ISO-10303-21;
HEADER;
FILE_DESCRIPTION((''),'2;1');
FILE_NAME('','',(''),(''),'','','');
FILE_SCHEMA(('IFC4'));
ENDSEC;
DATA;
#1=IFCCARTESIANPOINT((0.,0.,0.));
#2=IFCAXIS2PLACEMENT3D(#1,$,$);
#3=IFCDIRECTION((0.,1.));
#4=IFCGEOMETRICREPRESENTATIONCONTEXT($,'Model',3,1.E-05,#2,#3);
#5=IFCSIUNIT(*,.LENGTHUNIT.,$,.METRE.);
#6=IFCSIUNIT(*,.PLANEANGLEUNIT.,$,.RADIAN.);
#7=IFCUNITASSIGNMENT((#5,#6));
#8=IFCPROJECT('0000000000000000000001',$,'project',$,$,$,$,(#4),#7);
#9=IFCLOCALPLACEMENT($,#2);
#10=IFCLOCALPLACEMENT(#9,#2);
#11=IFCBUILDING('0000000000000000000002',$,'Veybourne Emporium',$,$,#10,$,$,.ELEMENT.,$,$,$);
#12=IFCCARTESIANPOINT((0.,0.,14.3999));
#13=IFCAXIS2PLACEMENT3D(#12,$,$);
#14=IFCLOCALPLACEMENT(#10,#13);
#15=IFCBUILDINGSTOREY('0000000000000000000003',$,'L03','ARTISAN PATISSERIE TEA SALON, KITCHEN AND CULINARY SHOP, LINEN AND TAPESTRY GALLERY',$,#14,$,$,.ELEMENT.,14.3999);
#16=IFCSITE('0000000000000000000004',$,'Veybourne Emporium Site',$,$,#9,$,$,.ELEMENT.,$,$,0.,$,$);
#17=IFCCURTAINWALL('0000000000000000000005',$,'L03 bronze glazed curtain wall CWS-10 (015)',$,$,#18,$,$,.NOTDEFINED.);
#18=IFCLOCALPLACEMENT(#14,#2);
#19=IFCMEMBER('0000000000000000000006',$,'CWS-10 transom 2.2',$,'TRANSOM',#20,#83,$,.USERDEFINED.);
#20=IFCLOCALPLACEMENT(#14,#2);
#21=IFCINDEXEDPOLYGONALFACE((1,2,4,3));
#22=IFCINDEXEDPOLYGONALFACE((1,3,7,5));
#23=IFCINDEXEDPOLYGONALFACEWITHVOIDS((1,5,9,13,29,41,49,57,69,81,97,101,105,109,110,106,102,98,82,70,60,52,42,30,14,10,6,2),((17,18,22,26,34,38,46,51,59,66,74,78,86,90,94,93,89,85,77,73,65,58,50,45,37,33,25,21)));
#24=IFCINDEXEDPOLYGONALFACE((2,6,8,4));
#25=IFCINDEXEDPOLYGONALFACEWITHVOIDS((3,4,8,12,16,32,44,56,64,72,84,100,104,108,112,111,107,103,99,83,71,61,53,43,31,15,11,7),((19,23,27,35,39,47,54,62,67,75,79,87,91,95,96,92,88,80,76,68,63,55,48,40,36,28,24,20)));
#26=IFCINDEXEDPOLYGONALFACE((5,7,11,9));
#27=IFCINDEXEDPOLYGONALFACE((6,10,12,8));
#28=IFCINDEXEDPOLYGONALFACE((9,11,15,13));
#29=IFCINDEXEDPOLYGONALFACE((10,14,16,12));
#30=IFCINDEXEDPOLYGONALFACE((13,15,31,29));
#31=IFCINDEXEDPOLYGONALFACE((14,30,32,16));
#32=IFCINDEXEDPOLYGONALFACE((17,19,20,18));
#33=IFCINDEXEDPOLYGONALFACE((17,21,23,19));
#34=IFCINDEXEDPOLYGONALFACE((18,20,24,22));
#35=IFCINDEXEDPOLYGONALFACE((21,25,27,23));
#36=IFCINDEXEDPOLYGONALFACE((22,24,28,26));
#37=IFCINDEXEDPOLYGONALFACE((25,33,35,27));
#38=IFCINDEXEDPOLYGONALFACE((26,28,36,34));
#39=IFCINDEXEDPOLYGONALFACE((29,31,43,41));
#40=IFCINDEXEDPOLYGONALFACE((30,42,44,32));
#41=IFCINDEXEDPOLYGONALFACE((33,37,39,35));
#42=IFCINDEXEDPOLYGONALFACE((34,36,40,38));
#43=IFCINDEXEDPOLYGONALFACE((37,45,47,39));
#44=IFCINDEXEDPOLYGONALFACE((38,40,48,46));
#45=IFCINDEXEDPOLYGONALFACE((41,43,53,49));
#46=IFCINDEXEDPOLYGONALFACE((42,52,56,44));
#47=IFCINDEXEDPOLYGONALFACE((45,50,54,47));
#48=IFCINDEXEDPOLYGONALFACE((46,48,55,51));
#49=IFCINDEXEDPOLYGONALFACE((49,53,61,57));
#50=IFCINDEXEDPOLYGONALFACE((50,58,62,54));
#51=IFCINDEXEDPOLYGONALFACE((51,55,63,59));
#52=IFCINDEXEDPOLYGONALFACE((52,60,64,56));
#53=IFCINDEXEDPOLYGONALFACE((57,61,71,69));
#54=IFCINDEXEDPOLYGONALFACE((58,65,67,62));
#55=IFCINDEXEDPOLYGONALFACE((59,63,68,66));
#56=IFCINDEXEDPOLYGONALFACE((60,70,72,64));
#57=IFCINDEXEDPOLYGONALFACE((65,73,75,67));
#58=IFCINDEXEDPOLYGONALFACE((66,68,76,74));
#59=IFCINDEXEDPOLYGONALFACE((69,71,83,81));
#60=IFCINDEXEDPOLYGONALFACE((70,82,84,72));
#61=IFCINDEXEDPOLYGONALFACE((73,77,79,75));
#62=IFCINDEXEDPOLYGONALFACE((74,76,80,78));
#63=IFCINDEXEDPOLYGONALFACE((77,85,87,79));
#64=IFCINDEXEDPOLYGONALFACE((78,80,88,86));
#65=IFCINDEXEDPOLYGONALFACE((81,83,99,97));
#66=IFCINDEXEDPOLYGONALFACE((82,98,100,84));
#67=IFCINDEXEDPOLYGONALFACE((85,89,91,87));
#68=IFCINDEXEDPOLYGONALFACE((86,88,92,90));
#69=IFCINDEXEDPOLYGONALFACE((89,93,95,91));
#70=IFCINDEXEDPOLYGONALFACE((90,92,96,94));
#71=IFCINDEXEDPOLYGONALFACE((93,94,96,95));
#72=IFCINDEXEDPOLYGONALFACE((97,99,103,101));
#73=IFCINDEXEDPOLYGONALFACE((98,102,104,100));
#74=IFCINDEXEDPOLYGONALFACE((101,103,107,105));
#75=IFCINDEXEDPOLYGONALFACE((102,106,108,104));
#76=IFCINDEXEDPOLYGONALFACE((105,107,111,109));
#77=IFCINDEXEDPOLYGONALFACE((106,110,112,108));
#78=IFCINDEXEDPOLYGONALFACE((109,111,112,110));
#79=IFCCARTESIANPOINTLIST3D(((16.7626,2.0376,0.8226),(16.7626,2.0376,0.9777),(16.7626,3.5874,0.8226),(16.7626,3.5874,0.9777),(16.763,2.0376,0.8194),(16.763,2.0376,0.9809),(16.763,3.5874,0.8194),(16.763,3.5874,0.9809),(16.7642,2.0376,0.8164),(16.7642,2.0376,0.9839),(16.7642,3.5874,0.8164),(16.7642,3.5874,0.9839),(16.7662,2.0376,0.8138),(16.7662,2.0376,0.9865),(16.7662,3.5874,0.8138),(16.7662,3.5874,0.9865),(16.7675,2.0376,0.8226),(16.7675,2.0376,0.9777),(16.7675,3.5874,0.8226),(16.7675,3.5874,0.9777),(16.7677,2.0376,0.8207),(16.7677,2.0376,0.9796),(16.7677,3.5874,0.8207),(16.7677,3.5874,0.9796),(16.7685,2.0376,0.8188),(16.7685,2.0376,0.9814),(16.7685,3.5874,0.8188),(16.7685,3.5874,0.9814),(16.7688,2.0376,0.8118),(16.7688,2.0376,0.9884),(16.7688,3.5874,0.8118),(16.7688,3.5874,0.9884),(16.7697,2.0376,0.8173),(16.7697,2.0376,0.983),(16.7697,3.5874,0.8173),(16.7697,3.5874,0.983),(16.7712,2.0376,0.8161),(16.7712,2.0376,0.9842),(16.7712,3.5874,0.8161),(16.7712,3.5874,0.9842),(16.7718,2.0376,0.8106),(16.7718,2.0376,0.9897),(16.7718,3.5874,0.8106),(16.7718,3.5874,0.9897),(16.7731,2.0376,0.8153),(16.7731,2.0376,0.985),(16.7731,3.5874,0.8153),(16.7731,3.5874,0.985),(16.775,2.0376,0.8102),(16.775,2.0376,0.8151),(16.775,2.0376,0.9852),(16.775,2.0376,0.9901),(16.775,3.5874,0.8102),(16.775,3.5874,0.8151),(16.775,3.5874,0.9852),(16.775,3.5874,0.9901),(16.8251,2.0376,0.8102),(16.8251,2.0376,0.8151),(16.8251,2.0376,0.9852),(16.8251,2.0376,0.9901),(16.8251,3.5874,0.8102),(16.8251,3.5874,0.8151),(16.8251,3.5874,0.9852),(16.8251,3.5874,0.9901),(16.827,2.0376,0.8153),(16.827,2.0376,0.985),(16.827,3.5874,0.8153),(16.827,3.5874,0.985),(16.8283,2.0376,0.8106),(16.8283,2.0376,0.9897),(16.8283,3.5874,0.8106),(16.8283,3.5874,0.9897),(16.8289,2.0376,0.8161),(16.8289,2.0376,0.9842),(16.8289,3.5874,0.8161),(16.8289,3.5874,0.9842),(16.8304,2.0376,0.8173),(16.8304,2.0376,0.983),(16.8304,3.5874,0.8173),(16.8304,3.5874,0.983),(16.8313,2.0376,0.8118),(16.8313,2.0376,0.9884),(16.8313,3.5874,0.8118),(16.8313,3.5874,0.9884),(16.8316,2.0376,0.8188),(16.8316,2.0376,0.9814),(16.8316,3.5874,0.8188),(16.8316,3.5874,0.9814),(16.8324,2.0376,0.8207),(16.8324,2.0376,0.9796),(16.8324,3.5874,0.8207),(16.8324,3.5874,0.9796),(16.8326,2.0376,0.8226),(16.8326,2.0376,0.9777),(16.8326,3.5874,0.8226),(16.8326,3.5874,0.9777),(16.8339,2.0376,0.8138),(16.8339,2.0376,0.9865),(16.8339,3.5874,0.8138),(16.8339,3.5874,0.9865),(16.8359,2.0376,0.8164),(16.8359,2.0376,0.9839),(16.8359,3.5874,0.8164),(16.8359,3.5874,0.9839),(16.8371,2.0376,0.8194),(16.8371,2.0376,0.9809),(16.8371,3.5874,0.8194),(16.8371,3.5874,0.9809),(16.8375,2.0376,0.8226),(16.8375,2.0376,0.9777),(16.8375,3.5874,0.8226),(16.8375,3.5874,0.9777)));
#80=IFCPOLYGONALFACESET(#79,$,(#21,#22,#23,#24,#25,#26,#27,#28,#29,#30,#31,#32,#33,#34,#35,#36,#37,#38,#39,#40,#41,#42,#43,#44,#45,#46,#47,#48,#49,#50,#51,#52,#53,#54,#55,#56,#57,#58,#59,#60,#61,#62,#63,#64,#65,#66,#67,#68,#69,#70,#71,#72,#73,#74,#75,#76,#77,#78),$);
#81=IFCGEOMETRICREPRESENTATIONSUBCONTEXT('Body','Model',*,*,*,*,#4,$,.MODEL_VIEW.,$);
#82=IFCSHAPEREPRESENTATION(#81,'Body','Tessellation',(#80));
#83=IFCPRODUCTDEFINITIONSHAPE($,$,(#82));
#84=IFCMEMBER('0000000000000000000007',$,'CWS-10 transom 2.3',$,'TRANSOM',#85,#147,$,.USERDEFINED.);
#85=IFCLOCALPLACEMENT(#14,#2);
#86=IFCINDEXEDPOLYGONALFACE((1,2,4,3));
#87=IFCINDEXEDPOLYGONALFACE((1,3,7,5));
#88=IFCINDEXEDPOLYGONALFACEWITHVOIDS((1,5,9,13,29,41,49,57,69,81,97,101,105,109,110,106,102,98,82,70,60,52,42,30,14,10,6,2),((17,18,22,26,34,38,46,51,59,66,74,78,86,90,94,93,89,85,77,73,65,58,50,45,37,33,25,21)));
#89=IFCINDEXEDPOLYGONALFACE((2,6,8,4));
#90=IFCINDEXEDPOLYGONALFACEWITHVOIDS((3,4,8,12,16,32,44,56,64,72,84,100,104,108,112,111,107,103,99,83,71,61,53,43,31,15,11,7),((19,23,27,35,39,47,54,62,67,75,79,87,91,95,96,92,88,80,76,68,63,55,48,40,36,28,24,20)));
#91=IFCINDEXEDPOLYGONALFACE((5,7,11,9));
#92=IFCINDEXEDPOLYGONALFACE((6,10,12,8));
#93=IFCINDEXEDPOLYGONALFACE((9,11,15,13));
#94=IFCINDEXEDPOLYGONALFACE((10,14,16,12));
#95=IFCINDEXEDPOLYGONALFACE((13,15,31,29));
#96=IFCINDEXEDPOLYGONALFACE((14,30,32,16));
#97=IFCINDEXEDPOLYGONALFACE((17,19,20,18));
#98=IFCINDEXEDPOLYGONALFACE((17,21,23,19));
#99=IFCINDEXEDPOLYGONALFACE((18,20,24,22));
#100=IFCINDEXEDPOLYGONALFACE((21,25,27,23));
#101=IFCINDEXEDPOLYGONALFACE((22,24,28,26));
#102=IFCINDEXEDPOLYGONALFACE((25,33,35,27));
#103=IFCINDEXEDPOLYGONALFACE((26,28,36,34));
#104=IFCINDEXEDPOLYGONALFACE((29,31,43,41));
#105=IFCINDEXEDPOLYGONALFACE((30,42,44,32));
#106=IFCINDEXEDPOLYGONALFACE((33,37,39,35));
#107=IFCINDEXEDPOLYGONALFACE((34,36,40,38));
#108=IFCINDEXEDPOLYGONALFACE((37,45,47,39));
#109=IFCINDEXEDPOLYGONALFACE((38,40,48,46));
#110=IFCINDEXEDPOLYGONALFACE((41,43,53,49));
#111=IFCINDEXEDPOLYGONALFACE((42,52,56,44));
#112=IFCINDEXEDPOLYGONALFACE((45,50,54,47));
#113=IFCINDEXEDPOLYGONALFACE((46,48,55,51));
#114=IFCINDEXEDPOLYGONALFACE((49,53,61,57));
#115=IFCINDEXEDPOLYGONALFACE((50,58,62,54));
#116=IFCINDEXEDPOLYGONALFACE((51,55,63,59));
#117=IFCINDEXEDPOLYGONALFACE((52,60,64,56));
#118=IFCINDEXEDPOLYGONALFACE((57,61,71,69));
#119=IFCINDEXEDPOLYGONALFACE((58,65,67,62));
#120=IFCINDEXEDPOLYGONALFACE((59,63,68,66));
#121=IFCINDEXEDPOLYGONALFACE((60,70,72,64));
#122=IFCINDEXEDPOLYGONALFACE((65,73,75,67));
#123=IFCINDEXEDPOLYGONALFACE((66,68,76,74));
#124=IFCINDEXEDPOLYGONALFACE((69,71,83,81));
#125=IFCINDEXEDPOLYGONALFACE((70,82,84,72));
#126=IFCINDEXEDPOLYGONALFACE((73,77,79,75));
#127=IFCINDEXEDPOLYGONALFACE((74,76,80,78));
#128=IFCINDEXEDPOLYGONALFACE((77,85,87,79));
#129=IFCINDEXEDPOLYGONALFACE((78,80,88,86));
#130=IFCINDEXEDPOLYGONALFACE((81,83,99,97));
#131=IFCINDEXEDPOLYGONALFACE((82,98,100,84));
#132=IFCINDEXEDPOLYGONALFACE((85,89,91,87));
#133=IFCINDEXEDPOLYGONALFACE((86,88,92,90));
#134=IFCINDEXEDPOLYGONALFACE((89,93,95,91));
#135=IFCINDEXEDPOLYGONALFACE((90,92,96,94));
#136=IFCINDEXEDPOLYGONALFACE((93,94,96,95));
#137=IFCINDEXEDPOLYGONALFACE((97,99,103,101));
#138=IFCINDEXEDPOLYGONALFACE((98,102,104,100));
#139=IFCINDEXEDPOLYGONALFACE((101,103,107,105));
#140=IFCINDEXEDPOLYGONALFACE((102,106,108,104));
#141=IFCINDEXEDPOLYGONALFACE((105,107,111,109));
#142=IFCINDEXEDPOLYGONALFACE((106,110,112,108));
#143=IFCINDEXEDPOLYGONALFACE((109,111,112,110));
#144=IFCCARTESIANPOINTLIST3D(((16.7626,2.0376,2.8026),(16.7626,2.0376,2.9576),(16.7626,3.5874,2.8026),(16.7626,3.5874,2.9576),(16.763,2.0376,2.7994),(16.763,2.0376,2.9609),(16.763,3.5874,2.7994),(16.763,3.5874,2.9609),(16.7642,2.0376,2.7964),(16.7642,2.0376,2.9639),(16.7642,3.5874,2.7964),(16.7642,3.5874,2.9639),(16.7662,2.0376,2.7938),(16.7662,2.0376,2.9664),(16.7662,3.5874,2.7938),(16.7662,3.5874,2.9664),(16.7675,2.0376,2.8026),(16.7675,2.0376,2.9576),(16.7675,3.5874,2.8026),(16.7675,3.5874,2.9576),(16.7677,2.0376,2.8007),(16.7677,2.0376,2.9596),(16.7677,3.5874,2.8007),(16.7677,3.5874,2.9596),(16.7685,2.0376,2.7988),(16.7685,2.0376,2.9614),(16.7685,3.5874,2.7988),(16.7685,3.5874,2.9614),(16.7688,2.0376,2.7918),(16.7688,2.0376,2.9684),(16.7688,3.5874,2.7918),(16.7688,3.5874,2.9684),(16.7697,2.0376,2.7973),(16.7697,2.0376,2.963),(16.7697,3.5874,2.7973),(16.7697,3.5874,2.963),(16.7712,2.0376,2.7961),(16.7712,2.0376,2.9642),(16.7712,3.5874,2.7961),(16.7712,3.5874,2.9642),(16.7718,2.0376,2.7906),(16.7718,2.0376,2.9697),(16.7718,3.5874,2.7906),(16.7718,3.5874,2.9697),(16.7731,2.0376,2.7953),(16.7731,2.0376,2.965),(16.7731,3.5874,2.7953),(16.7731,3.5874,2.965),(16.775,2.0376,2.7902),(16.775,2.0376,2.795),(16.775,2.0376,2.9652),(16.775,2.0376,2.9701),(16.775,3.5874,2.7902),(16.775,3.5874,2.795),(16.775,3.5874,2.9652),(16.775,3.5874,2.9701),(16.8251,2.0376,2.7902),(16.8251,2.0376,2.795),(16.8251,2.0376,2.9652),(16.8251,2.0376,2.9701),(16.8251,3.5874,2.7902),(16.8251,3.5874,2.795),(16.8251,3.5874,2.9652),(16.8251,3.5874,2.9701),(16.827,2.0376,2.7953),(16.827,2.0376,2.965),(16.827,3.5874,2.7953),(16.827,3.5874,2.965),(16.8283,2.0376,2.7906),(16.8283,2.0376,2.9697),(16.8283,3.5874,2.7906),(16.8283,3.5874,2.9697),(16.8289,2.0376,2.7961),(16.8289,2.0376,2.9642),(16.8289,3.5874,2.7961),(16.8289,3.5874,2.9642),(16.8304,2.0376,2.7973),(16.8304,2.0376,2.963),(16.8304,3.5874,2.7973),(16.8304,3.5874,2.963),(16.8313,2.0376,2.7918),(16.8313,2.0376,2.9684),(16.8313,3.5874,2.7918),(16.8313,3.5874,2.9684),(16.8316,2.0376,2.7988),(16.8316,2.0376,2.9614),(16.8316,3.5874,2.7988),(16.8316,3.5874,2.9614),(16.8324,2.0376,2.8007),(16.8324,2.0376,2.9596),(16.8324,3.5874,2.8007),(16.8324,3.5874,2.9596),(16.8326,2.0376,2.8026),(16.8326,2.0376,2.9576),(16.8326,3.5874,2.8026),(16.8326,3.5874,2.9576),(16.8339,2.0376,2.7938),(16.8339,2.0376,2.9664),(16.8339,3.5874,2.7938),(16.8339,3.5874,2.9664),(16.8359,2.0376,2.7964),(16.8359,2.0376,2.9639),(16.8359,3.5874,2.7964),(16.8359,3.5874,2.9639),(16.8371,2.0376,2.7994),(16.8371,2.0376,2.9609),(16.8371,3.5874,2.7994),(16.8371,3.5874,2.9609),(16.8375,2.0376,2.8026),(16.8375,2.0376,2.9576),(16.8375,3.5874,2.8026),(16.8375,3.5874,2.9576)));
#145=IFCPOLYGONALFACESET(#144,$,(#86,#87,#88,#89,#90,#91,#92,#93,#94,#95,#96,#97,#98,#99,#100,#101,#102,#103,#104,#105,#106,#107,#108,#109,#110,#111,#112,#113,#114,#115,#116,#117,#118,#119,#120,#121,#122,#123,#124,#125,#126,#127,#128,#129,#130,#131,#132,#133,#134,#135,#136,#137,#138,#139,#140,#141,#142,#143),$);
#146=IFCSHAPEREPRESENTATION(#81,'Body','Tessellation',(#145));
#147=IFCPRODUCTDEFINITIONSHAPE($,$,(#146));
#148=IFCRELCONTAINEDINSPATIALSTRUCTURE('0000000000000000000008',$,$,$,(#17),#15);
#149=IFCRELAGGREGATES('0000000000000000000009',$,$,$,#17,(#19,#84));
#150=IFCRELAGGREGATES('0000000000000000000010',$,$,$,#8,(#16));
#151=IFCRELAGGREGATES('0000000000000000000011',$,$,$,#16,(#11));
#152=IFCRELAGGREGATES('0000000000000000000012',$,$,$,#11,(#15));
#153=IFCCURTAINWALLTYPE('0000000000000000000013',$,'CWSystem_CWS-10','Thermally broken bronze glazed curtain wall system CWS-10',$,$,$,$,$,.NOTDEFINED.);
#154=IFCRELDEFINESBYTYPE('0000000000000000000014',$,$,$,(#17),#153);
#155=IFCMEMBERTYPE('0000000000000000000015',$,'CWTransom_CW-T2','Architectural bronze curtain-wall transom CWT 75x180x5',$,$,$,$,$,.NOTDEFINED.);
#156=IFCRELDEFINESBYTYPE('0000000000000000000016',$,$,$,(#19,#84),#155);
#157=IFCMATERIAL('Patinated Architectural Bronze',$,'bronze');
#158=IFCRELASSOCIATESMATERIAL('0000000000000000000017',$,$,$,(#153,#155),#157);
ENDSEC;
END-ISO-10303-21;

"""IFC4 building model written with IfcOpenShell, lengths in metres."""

from ifc_helpers import new_model, si_unit, direction, frame, origin, origin_2d, place, context, subcontext, project, spatial, hollow_rectangle, extrude, material, material_profile, profile_set, type_object, element, aggregate, save


model = new_model("IFC4")

# Units and contexts
model_context = context("Model", 3, precision=1e-05, world=origin(), true_north=direction((0.0, 1.0)))
body_context = subcontext(model_context, "Body", "Model", "MODEL_VIEW")
ifc_project = project(units=[si_unit("LENGTHUNIT", "METRE"), si_unit("PLANEANGLEUNIT", "RADIAN")], contexts=[model_context])

# Site, building, storey
site_placement = place(None, origin())
site = spatial("IfcSite", under=ifc_project, at=site_placement, Name="Veybourne Emporium Site", CompositionType="ELEMENT", RefElevation=0.0)
building_placement = place(site_placement, origin())
building = spatial("IfcBuilding", under=site, at=building_placement, Name="Veybourne Emporium", CompositionType="ELEMENT")
storey_placement = place(building_placement, frame((0.0, 0.0, 14.3999)))
storey = spatial("IfcBuildingStorey", under=building, at=storey_placement, Name="L03", Description="ARTISAN PATISSERIE TEA SALON, KITCHEN AND CULINARY SHOP, LINEN AND TAPESTRY GALLERY", CompositionType="ELEMENT", Elevation=14.3999)

# Curtain wall
ifc_material_1 = material(Name="Patinated Architectural Bronze", Category="bronze")
curtain_wall_type_1 = type_object("IfcCurtainWallType", Name="CWSystem_CWS-10", Description="Thermally broken bronze glazed curtain wall system CWS-10", PredefinedType="NOTDEFINED", material=ifc_material_1)
curtain_wall_1_placement = place(storey_placement, origin())
curtain_wall_1 = element("IfcCurtainWall", 1, at=curtain_wall_1_placement, inside=storey, type_object=curtain_wall_type_1, Name="L03 bronze glazed curtain wall CWS-10 (015)", PredefinedType="NOTDEFINED")

# Members
ifc_material_profile_1 = material_profile(ifc_material_1, hollow_rectangle(XDim=0.075, YDim=0.1799, WallThickness=0.0049, InnerFilletRadius=0.0076, OuterFilletRadius=0.0125, at=origin_2d()), Name="CWT 75x180x5")
ifc_profile_set_1 = profile_set([ifc_material_profile_1], Name="Patinated Architectural Bronze")
member_type_1 = type_object("IfcMemberType", Name="CWTransom_CW-T2", Description="Architectural bronze curtain-wall transom CWT 75x180x5", PredefinedType="NOTDEFINED", material=ifc_profile_set_1)
member_1_placement = place(storey_placement, frame((16.8, 2.0376, 0.9001), z_axis=(0.0, 1.0, 0.0), x_axis=(-1.0, 0.0, 0.0)))
member_1 = element("IfcMember", 2, at=member_1_placement, type_object=member_type_1, Name="CWS-10 transom 2.2", ObjectType="TRANSOM", PredefinedType="USERDEFINED", context=body_context, shape_type="SweptSolid", body=[
    extrude(hollow_rectangle(XDim=0.075, YDim=0.1799, WallThickness=0.0049, InnerFilletRadius=0.0076, OuterFilletRadius=0.0125, at=origin_2d()), origin(), (0.0, 0.0, 1.0), 1.5498),
])
member_2_placement = place(storey_placement, frame((16.8, 2.0376, 2.8801), z_axis=(0.0, 1.0, 0.0), x_axis=(-1.0, 0.0, 0.0)))
member_2 = element("IfcMember", 3, at=member_2_placement, type_object=member_type_1, Name="CWS-10 transom 2.3", ObjectType="TRANSOM", PredefinedType="USERDEFINED", context=body_context, shape_type="SweptSolid", body=[
    extrude(hollow_rectangle(XDim=0.075, YDim=0.1799, WallThickness=0.0049, InnerFilletRadius=0.0076, OuterFilletRadius=0.0125, at=origin_2d()), origin(), (0.0, 0.0, 1.0), 1.5498),
])

aggregate(curtain_wall_1, [member_1, member_2])

save(model, "model.ifc")
